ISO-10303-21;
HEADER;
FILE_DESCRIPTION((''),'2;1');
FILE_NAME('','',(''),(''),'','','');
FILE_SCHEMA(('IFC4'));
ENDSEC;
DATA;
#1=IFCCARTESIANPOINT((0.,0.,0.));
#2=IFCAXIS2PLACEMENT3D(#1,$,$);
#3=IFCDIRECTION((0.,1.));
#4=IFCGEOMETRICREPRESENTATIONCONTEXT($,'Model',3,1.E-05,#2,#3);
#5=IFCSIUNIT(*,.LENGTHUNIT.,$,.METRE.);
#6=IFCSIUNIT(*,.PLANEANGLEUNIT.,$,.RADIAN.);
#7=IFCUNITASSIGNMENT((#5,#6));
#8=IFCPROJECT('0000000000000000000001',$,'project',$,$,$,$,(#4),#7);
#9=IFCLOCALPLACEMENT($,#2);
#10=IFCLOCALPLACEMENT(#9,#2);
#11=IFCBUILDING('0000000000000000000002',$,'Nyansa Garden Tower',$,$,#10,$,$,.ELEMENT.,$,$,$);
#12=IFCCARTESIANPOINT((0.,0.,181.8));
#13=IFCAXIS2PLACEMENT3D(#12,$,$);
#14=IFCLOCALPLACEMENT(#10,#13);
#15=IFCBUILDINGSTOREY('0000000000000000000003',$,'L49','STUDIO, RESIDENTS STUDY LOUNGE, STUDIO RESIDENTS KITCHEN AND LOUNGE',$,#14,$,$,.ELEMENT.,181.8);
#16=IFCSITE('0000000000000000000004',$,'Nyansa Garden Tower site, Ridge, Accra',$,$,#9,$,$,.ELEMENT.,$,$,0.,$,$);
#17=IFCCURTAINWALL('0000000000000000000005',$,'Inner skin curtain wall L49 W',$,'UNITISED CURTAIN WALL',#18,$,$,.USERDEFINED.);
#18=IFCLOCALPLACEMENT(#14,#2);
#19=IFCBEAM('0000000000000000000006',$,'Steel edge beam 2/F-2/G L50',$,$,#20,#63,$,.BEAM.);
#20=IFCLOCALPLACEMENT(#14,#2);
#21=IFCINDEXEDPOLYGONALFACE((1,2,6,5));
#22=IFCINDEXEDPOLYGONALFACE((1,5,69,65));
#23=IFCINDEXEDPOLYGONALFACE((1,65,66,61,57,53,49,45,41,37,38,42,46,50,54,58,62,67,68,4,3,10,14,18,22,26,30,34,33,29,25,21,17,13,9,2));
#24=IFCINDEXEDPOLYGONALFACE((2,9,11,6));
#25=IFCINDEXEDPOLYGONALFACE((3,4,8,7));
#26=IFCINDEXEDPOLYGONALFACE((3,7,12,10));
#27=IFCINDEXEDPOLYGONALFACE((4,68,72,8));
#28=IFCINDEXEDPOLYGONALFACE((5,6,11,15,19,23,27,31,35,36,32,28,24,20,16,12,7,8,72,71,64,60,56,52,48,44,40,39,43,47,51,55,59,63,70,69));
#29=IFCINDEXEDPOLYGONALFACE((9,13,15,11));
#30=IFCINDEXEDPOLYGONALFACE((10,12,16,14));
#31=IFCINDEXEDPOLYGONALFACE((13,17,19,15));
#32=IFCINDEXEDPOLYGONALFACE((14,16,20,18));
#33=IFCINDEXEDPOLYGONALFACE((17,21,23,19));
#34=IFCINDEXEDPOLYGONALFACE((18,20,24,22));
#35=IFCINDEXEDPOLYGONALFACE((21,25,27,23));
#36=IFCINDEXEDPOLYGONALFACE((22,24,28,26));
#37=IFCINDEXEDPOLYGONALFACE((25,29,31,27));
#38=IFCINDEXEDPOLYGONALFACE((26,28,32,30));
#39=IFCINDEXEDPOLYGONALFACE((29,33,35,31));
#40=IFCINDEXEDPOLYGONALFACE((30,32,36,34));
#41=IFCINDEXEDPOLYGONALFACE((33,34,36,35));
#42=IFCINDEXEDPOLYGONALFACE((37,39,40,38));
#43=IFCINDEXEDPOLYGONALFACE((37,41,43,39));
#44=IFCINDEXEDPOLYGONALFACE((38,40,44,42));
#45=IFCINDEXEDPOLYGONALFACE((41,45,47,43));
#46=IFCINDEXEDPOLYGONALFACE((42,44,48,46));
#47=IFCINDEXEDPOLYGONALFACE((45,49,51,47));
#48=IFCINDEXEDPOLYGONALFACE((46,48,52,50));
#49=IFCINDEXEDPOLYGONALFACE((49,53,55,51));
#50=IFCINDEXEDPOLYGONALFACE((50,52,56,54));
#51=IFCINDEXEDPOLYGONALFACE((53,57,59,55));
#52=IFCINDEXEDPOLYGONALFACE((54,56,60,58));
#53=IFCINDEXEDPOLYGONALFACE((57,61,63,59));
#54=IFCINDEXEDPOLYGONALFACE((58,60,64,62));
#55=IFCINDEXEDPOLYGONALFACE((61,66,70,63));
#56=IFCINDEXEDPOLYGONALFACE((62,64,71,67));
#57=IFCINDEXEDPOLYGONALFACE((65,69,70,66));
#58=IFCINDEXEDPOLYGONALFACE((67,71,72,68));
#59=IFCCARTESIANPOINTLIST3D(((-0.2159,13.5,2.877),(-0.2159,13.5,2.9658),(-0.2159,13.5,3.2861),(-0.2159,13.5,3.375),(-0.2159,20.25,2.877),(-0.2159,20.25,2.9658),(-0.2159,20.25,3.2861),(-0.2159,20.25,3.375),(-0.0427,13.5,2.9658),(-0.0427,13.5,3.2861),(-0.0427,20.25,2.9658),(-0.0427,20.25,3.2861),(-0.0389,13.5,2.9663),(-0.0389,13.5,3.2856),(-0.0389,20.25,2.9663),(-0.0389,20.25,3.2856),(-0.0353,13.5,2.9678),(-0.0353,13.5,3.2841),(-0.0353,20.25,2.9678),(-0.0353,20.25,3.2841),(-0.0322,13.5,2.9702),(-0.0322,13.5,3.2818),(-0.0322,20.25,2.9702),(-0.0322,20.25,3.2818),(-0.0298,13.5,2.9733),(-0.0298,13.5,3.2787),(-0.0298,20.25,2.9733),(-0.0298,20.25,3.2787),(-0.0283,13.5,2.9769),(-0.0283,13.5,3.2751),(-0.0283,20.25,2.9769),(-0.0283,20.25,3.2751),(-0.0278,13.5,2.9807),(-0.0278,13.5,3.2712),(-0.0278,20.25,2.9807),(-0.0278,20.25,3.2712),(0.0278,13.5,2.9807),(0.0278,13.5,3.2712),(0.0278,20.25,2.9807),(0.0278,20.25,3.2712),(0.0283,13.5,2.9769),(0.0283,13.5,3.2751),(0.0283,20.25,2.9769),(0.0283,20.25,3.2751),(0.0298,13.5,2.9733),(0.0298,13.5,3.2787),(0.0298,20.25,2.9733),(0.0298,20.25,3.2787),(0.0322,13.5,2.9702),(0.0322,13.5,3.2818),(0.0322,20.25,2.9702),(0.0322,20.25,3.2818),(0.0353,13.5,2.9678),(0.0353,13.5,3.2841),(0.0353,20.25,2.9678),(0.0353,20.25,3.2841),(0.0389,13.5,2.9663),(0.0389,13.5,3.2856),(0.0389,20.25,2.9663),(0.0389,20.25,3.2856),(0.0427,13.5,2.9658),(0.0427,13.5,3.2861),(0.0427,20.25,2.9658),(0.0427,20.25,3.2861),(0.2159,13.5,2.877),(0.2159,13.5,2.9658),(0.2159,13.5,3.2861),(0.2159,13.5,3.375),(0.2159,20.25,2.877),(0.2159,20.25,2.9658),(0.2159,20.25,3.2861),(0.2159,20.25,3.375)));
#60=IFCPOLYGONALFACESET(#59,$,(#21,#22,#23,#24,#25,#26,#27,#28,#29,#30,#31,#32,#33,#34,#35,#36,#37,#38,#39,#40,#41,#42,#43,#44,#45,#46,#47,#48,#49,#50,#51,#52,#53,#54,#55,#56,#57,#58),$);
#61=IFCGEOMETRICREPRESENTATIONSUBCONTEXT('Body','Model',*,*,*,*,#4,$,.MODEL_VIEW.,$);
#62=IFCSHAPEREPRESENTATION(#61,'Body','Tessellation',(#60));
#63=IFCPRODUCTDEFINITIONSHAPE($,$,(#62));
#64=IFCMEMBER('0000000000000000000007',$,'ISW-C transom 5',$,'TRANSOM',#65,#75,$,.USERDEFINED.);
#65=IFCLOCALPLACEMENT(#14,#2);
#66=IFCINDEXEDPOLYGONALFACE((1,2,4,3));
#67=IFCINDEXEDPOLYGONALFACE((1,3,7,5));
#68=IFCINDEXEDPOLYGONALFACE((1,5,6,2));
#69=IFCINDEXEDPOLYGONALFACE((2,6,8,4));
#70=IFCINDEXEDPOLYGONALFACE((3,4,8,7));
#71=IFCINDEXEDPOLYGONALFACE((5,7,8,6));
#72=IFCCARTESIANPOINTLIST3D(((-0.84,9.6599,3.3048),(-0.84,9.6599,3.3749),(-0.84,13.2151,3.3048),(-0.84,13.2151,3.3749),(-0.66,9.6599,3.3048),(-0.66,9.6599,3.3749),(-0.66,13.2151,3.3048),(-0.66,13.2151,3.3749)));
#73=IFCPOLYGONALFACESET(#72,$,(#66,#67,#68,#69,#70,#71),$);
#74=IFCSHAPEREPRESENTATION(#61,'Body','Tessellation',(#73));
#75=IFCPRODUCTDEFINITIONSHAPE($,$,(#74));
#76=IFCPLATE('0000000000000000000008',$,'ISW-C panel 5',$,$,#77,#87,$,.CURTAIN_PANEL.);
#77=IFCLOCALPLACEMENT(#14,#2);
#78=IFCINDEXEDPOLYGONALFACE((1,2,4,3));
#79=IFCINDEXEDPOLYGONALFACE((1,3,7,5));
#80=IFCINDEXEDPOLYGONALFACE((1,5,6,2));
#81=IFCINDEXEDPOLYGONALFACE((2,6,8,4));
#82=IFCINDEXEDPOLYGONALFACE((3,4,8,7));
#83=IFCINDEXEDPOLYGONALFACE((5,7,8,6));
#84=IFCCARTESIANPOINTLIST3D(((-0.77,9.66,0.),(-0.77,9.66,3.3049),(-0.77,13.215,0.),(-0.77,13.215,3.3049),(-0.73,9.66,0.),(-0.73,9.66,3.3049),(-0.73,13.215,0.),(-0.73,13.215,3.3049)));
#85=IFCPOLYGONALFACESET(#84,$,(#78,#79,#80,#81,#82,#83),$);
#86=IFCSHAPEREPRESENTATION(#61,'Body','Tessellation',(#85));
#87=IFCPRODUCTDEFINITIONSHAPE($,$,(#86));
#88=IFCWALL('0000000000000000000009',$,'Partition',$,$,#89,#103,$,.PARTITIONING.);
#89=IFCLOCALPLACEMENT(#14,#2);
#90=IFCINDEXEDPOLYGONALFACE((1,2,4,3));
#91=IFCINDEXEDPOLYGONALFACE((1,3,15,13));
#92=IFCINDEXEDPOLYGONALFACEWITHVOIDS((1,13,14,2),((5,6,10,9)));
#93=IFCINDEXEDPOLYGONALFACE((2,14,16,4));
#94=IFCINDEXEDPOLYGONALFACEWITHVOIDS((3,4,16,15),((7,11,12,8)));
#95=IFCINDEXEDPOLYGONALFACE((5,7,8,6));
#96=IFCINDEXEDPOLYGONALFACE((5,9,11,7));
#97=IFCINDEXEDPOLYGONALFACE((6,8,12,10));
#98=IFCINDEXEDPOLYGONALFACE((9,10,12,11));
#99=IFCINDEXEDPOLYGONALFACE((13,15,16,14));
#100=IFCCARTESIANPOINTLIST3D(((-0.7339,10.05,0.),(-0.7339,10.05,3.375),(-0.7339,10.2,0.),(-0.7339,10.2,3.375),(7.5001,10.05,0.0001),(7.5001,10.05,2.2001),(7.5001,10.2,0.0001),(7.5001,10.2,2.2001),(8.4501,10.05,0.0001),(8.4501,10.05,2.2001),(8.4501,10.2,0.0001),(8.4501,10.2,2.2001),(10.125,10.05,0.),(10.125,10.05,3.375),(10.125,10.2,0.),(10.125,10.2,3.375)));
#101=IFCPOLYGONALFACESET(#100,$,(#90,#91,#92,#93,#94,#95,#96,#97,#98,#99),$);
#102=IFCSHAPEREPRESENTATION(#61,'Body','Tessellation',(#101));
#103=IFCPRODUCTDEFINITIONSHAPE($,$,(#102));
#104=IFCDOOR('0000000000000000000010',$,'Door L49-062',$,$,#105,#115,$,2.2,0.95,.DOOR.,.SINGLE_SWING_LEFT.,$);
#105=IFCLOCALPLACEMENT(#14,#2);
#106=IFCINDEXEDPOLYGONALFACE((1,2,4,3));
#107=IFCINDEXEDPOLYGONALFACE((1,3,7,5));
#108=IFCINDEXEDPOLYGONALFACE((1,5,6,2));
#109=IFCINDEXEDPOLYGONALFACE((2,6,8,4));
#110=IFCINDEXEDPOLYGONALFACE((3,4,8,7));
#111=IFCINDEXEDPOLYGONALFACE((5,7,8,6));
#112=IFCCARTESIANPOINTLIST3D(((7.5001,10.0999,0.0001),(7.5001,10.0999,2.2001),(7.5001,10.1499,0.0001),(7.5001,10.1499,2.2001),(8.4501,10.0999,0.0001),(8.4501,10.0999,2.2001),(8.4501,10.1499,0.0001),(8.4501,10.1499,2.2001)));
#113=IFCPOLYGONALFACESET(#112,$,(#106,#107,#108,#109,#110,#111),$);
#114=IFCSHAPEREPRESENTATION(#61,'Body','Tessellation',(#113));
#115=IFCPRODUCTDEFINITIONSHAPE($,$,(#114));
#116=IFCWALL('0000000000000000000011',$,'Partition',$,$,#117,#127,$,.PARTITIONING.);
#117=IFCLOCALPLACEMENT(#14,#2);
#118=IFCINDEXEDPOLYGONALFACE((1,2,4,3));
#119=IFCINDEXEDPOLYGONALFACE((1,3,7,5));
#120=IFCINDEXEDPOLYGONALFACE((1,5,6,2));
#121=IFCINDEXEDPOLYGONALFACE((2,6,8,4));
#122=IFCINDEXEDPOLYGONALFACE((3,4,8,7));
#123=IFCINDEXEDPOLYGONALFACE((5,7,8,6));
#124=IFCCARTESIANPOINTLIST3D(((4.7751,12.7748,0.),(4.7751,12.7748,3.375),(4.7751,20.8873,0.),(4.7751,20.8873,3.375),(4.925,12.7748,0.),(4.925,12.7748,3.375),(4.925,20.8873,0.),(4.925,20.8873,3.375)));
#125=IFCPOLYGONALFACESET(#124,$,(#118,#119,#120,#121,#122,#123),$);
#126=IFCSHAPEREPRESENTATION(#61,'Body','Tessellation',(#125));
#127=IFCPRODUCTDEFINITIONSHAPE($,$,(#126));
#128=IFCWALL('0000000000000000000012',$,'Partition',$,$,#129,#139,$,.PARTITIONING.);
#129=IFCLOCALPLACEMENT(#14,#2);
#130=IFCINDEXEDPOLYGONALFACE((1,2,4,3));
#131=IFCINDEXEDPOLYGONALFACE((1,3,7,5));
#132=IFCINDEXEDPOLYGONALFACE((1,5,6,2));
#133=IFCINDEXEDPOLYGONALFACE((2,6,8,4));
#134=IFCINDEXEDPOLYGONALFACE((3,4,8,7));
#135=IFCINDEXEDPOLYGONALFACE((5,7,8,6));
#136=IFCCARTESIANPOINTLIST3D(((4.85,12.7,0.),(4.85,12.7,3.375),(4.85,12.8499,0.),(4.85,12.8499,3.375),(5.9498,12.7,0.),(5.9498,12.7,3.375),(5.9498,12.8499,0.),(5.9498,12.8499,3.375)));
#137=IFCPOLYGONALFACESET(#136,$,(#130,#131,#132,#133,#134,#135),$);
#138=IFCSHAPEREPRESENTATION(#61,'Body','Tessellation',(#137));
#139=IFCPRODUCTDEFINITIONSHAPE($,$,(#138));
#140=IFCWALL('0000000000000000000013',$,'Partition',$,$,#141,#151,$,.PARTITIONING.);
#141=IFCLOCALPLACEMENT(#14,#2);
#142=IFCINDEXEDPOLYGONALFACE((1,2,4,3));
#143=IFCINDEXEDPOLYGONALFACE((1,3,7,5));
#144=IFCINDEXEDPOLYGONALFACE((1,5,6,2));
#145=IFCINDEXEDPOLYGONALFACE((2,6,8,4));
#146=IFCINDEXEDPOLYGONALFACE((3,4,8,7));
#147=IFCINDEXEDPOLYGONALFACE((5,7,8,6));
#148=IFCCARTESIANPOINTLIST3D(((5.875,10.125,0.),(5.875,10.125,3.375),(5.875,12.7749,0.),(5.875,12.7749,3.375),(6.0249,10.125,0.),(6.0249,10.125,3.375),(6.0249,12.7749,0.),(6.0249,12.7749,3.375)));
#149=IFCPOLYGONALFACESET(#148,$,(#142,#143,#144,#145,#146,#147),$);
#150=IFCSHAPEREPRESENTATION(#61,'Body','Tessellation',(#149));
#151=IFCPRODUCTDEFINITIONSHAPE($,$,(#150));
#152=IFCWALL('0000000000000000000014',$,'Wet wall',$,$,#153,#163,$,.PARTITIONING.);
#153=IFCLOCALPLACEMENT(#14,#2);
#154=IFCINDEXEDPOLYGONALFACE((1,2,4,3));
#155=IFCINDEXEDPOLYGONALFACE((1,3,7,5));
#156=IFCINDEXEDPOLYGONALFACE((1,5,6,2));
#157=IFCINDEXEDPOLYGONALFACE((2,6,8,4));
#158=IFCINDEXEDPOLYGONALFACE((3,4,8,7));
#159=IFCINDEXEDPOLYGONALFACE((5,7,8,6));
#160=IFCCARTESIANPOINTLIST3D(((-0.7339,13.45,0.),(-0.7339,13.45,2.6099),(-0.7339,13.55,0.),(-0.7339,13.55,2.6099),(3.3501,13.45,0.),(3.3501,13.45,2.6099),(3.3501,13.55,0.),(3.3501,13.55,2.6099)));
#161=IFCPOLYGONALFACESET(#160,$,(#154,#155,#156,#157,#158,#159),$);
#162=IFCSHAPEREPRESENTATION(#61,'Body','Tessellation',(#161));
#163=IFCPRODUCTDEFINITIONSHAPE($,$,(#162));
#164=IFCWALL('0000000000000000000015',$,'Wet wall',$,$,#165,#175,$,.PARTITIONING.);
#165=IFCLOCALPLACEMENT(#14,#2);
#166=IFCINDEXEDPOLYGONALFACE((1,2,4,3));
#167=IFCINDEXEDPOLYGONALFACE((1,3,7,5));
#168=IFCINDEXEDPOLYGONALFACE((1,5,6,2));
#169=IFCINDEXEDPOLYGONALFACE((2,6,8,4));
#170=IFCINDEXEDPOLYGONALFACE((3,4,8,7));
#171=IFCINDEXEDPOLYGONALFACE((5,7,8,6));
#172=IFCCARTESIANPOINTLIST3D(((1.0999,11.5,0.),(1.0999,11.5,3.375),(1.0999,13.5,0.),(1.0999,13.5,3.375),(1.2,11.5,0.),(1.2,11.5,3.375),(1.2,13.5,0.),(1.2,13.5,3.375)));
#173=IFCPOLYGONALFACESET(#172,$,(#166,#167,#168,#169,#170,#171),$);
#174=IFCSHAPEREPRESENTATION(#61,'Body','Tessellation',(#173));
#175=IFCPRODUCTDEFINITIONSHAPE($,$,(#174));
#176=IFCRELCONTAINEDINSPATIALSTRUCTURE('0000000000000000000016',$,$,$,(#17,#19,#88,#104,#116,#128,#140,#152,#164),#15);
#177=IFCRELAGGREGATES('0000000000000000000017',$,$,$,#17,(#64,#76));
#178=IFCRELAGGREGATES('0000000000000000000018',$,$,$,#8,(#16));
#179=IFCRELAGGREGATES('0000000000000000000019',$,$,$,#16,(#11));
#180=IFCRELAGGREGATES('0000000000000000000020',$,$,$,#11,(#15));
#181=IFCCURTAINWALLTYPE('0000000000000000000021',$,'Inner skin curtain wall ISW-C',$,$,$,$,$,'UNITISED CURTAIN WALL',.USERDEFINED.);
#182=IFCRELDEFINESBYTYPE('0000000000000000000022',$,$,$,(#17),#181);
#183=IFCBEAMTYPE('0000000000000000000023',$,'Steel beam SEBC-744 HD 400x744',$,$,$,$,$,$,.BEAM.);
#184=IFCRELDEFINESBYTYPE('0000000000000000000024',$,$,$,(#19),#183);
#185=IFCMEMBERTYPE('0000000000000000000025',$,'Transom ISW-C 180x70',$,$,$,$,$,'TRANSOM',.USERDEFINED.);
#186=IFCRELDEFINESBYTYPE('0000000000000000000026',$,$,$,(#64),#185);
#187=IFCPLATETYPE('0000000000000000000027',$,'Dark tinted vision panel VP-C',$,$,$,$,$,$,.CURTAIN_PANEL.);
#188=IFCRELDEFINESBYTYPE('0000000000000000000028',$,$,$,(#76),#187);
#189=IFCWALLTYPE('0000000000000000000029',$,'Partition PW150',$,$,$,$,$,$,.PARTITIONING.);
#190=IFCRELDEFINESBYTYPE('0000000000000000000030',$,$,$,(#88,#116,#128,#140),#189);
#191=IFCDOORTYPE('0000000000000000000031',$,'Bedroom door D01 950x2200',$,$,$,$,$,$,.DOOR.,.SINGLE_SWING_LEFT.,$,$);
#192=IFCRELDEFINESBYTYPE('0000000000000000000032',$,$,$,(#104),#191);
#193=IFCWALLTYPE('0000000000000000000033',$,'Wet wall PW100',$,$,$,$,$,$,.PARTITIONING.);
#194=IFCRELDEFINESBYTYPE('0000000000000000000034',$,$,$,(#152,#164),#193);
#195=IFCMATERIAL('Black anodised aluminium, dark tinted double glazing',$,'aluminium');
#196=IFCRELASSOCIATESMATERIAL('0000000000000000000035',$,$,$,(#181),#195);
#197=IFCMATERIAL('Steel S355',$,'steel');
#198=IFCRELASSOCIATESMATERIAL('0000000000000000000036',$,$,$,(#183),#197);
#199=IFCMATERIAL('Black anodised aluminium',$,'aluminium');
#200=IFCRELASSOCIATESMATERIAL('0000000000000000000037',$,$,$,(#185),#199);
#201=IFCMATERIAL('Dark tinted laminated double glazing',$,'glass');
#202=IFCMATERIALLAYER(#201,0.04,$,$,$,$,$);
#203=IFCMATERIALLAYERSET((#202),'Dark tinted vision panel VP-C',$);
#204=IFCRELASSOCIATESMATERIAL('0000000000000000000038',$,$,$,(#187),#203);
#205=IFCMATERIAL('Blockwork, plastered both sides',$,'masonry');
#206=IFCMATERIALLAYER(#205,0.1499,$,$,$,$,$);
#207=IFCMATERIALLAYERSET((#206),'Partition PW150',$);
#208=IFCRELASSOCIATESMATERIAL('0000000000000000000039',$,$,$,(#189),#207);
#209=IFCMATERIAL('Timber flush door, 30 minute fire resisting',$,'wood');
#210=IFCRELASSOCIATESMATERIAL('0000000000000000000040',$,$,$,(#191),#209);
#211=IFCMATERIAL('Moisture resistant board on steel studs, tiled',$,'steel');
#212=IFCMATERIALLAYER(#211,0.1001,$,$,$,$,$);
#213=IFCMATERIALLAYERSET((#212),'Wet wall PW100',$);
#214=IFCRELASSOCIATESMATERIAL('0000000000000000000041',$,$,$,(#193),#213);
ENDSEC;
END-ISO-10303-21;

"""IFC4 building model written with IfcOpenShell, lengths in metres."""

from ifc_helpers import new_model, si_unit, direction, frame, frame_2d, origin, origin_2d, place, context, subcontext, project, spatial, rectangle, i_section, extrude, material, layer, layer_set, material_profile, profile_set, type_object, element, fill, aggregate, save


model = new_model("IFC4")

# Units and contexts
model_context = context("Model", 3, precision=1e-05, world=origin(), true_north=direction((0.0, 1.0)))
body_context = subcontext(model_context, "Body", "Model", "MODEL_VIEW")
ifc_project = project(units=[si_unit("LENGTHUNIT", "METRE"), si_unit("PLANEANGLEUNIT", "RADIAN")], contexts=[model_context])

# Site, building, storey
site_placement = place(None, origin())
site = spatial("IfcSite", under=ifc_project, at=site_placement, Name="Nyansa Garden Tower site, Ridge, Accra", CompositionType="ELEMENT", RefElevation=0.0)
building_placement = place(site_placement, origin())
building = spatial("IfcBuilding", under=site, at=building_placement, Name="Nyansa Garden Tower", CompositionType="ELEMENT")
storey_placement = place(building_placement, frame((0.0, 0.0, 181.8)))
storey = spatial("IfcBuildingStorey", under=building, at=storey_placement, Name="L49", Description="STUDIO, RESIDENTS STUDY LOUNGE, STUDIO RESIDENTS KITCHEN AND LOUNGE", CompositionType="ELEMENT", Elevation=181.8)

# Curtain wall
ifc_material_1 = material(Name="Black anodised aluminium, dark tinted double glazing", Category="aluminium")
curtain_wall_type = type_object("IfcCurtainWallType", Name="Inner skin curtain wall ISW-C", ElementType="UNITISED CURTAIN WALL", PredefinedType="USERDEFINED", material=ifc_material_1)
curtain_wall_placement = place(storey_placement, origin())
curtain_wall = element("IfcCurtainWall", 1, at=curtain_wall_placement, inside=storey, type_object=curtain_wall_type, Name="Inner skin curtain wall L49 W", ObjectType="UNITISED CURTAIN WALL", PredefinedType="USERDEFINED")

# Beam
ifc_material_2 = material(Name="Steel S355", Category="steel")
ifc_material_profile_1 = material_profile(ifc_material_2, i_section(OverallWidth=0.4319, OverallDepth=0.498, WebThickness=0.0557, FlangeThickness=0.0889, FilletRadius=0.0149, at=origin_2d()), Name="HD 400x744")
ifc_profile_set_1 = profile_set([ifc_material_profile_1], Name="Steel S355")
beam_type_1 = type_object("IfcBeamType", Name="Steel beam SEBC-744 HD 400x744", PredefinedType="BEAM", material=ifc_profile_set_1)
beam_1_placement = place(storey_placement, frame((0.0, 13.5, 3.126), z_axis=(0.0, 1.0, 0.0), x_axis=(-1.0, 0.0, 0.0)))
element("IfcBeam", 2, at=beam_1_placement, inside=storey, type_object=beam_type_1, Name="Steel edge beam 2/F-2/G L50", PredefinedType="BEAM", context=body_context, shape_type="SweptSolid", body=[
    extrude(i_section(OverallWidth=0.4319, OverallDepth=0.498, WebThickness=0.0557, FlangeThickness=0.0889, FilletRadius=0.0149, at=origin_2d()), origin(), (0.0, 0.0, 1.0), 6.75),
])

# Member
ifc_material_3 = material(Name="Black anodised aluminium", Category="aluminium")
ifc_material_profile_2 = material_profile(ifc_material_3, rectangle(XDim=0.1799, YDim=0.0701, at=origin_2d()), Name="Transom 180x70")
ifc_profile_set_2 = profile_set([ifc_material_profile_2], Name="Black anodised aluminium")
member_type_1 = type_object("IfcMemberType", Name="Transom ISW-C 180x70", ElementType="TRANSOM", PredefinedType="USERDEFINED", material=ifc_profile_set_2)
member_1_placement = place(storey_placement, frame((-0.75, 13.2151, 3.3398), z_axis=(0.0, -1.0, 0.0), x_axis=(1.0, 0.0, 0.0)))
member_1 = element("IfcMember", 3, at=member_1_placement, type_object=member_type_1, Name="ISW-C transom 5", ObjectType="TRANSOM", PredefinedType="USERDEFINED", context=body_context, shape_type="SweptSolid", body=[
    extrude(rectangle(XDim=0.1799, YDim=0.0701, at=origin_2d()), origin(), (0.0, 0.0, 1.0), 3.5552),
])

# Plate
ifc_material_4 = material(Name="Dark tinted laminated double glazing", Category="glass")
ifc_layer_1 = layer(ifc_material_4, 0.04)
ifc_layer_set_1 = layer_set([ifc_layer_1], Name="Dark tinted vision panel VP-C")
plate_type = type_object("IfcPlateType", Name="Dark tinted vision panel VP-C", PredefinedType="CURTAIN_PANEL", material=ifc_layer_set_1)
plate_placement = place(storey_placement, frame((-0.75, 11.4375, 0.0), z_axis=(0.0, 0.0, 1.0), x_axis=(0.0, -1.0, 0.0)))
plate = element("IfcPlate", 4, at=plate_placement, type_object=plate_type, Name="ISW-C panel 5", PredefinedType="CURTAIN_PANEL", context=body_context, shape_type="SweptSolid", body=[
    extrude(rectangle(XDim=3.5549, YDim=0.04, at=origin_2d()), origin(), (0.0, 0.0, 1.0), 3.3049),
])
aggregate(curtain_wall, [member_1, plate])

# Wall, opening, door
ifc_material_5 = material(Name="Blockwork, plastered both sides", Category="masonry")
ifc_layer_2 = layer(ifc_material_5, 0.1499)
ifc_layer_set_2 = layer_set([ifc_layer_2], Name="Partition PW150")
wall_type_1 = type_object("IfcWallType", Name="Partition PW150", PredefinedType="PARTITIONING", material=ifc_layer_set_2)
wall_1_placement = place(storey_placement, frame((-0.7339, 10.125, 0.0), z_axis=(0.0, 0.0, 1.0), x_axis=(1.0, 0.0, 0.0)))
wall_1 = element("IfcWall", 5, at=wall_1_placement, inside=storey, type_object=wall_type_1, Name="Partition", PredefinedType="PARTITIONING", context=body_context, shape_type="SweptSolid", body=[
    extrude(rectangle(XDim=10.8589, YDim=0.1499, at=frame_2d((5.4294, 0.0))), origin(), (0.0, 0.0, 1.0), 3.375),
])
opening_1_placement = place(wall_1_placement, frame((8.2339, 0.0, 0.0)))
opening_1 = element("IfcOpeningElement", 6, at=opening_1_placement, cuts=wall_1, PredefinedType="OPENING", context=body_context, shape_type="SweptSolid", body=[
    extrude(rectangle(XDim=0.95, YDim=2.2, at=frame_2d((0.4751, 1.1001))), frame((0.0, 0.085, 0.0), z_axis=(0.0, -1.0, 0.0), x_axis=(1.0, 0.0, 0.0)), (0.0, 0.0, 1.0), 0.1699),
])
ifc_material_6 = material(Name="Timber flush door, 30 minute fire resisting", Category="wood")
door_type_1 = type_object("IfcDoorType", Name="Bedroom door D01 950x2200", OperationType="SINGLE_SWING_LEFT", PredefinedType="DOOR", material=ifc_material_6)
door_1_placement = place(opening_1_placement, origin())
door_1 = element("IfcDoor", 7, at=door_1_placement, inside=storey, type_object=door_type_1, Name="Door L49-062", OperationType="SINGLE_SWING_LEFT", OverallHeight=2.2, OverallWidth=0.95, PredefinedType="DOOR", context=body_context, shape_type="SweptSolid", body=[
    extrude(rectangle(XDim=0.95, YDim=2.2, at=frame_2d((0.4751, 1.1001))), frame((0.0, 0.0249, 0.0), z_axis=(0.0, -1.0, 0.0), x_axis=(1.0, 0.0, 0.0)), (0.0, 0.0, 1.0), 0.05),
])
fill(opening_1, door_1)

# Walls
wall_2_placement = place(storey_placement, frame((4.8501, 12.7749, 0.0), z_axis=(0.0, 0.0, 1.0), x_axis=(0.0, 1.0, 0.0)))
element("IfcWall", 8, at=wall_2_placement, inside=storey, type_object=wall_type_1, Name="Partition", PredefinedType="PARTITIONING", context=body_context, shape_type="SweptSolid", body=[
    extrude(rectangle(XDim=8.1125, YDim=0.1499, at=frame_2d((4.0562, 0.0))), origin(), (0.0, 0.0, 1.0), 3.375),
])
wall_3_placement = place(storey_placement, frame((4.8501, 12.7749, 0.0), z_axis=(0.0, 0.0, 1.0), x_axis=(1.0, 0.0, 0.0)))
element("IfcWall", 9, at=wall_3_placement, inside=storey, type_object=wall_type_1, Name="Partition", PredefinedType="PARTITIONING", context=body_context, shape_type="SweptSolid", body=[
    extrude(rectangle(XDim=1.0999, YDim=0.1499, at=frame_2d((0.5498, 0.0))), origin(), (0.0, 0.0, 1.0), 3.375),
])
wall_4_placement = place(storey_placement, frame((5.95, 10.125, 0.0), z_axis=(0.0, 0.0, 1.0), x_axis=(0.0, 1.0, 0.0)))
element("IfcWall", 10, at=wall_4_placement, inside=storey, type_object=wall_type_1, Name="Partition", PredefinedType="PARTITIONING", context=body_context, shape_type="SweptSolid", body=[
    extrude(rectangle(XDim=2.6499, YDim=0.1499, at=frame_2d((1.325, 0.0))), origin(), (0.0, 0.0, 1.0), 3.375),
])
ifc_material_7 = material(Name="Moisture resistant board on steel studs, tiled", Category="steel")
ifc_layer_3 = layer(ifc_material_7, 0.1001)
ifc_layer_set_3 = layer_set([ifc_layer_3], Name="Wet wall PW100")
wall_type_2 = type_object("IfcWallType", Name="Wet wall PW100", PredefinedType="PARTITIONING", material=ifc_layer_set_3)
wall_5_placement = place(storey_placement, frame((-0.7339, 13.5, 0.0), z_axis=(0.0, 0.0, 1.0), x_axis=(1.0, 0.0, 0.0)))
element("IfcWall", 11, at=wall_5_placement, inside=storey, type_object=wall_type_2, Name="Wet wall", PredefinedType="PARTITIONING", context=body_context, shape_type="SweptSolid", body=[
    extrude(rectangle(XDim=4.084, YDim=0.1001, at=frame_2d((2.042, 0.0))), origin(), (0.0, 0.0, 1.0), 2.6099),
])
wall_6_placement = place(storey_placement, frame((1.1499, 11.5, 0.0), z_axis=(0.0, 0.0, 1.0), x_axis=(0.0, 1.0, 0.0)))
element("IfcWall", 12, at=wall_6_placement, inside=storey, type_object=wall_type_2, Name="Wet wall", PredefinedType="PARTITIONING", context=body_context, shape_type="SweptSolid", body=[
    extrude(rectangle(XDim=2.0, YDim=0.1001, at=frame_2d((1.0, 0.0))), origin(), (0.0, 0.0, 1.0), 3.375),
])

save(model, "model.ifc")
